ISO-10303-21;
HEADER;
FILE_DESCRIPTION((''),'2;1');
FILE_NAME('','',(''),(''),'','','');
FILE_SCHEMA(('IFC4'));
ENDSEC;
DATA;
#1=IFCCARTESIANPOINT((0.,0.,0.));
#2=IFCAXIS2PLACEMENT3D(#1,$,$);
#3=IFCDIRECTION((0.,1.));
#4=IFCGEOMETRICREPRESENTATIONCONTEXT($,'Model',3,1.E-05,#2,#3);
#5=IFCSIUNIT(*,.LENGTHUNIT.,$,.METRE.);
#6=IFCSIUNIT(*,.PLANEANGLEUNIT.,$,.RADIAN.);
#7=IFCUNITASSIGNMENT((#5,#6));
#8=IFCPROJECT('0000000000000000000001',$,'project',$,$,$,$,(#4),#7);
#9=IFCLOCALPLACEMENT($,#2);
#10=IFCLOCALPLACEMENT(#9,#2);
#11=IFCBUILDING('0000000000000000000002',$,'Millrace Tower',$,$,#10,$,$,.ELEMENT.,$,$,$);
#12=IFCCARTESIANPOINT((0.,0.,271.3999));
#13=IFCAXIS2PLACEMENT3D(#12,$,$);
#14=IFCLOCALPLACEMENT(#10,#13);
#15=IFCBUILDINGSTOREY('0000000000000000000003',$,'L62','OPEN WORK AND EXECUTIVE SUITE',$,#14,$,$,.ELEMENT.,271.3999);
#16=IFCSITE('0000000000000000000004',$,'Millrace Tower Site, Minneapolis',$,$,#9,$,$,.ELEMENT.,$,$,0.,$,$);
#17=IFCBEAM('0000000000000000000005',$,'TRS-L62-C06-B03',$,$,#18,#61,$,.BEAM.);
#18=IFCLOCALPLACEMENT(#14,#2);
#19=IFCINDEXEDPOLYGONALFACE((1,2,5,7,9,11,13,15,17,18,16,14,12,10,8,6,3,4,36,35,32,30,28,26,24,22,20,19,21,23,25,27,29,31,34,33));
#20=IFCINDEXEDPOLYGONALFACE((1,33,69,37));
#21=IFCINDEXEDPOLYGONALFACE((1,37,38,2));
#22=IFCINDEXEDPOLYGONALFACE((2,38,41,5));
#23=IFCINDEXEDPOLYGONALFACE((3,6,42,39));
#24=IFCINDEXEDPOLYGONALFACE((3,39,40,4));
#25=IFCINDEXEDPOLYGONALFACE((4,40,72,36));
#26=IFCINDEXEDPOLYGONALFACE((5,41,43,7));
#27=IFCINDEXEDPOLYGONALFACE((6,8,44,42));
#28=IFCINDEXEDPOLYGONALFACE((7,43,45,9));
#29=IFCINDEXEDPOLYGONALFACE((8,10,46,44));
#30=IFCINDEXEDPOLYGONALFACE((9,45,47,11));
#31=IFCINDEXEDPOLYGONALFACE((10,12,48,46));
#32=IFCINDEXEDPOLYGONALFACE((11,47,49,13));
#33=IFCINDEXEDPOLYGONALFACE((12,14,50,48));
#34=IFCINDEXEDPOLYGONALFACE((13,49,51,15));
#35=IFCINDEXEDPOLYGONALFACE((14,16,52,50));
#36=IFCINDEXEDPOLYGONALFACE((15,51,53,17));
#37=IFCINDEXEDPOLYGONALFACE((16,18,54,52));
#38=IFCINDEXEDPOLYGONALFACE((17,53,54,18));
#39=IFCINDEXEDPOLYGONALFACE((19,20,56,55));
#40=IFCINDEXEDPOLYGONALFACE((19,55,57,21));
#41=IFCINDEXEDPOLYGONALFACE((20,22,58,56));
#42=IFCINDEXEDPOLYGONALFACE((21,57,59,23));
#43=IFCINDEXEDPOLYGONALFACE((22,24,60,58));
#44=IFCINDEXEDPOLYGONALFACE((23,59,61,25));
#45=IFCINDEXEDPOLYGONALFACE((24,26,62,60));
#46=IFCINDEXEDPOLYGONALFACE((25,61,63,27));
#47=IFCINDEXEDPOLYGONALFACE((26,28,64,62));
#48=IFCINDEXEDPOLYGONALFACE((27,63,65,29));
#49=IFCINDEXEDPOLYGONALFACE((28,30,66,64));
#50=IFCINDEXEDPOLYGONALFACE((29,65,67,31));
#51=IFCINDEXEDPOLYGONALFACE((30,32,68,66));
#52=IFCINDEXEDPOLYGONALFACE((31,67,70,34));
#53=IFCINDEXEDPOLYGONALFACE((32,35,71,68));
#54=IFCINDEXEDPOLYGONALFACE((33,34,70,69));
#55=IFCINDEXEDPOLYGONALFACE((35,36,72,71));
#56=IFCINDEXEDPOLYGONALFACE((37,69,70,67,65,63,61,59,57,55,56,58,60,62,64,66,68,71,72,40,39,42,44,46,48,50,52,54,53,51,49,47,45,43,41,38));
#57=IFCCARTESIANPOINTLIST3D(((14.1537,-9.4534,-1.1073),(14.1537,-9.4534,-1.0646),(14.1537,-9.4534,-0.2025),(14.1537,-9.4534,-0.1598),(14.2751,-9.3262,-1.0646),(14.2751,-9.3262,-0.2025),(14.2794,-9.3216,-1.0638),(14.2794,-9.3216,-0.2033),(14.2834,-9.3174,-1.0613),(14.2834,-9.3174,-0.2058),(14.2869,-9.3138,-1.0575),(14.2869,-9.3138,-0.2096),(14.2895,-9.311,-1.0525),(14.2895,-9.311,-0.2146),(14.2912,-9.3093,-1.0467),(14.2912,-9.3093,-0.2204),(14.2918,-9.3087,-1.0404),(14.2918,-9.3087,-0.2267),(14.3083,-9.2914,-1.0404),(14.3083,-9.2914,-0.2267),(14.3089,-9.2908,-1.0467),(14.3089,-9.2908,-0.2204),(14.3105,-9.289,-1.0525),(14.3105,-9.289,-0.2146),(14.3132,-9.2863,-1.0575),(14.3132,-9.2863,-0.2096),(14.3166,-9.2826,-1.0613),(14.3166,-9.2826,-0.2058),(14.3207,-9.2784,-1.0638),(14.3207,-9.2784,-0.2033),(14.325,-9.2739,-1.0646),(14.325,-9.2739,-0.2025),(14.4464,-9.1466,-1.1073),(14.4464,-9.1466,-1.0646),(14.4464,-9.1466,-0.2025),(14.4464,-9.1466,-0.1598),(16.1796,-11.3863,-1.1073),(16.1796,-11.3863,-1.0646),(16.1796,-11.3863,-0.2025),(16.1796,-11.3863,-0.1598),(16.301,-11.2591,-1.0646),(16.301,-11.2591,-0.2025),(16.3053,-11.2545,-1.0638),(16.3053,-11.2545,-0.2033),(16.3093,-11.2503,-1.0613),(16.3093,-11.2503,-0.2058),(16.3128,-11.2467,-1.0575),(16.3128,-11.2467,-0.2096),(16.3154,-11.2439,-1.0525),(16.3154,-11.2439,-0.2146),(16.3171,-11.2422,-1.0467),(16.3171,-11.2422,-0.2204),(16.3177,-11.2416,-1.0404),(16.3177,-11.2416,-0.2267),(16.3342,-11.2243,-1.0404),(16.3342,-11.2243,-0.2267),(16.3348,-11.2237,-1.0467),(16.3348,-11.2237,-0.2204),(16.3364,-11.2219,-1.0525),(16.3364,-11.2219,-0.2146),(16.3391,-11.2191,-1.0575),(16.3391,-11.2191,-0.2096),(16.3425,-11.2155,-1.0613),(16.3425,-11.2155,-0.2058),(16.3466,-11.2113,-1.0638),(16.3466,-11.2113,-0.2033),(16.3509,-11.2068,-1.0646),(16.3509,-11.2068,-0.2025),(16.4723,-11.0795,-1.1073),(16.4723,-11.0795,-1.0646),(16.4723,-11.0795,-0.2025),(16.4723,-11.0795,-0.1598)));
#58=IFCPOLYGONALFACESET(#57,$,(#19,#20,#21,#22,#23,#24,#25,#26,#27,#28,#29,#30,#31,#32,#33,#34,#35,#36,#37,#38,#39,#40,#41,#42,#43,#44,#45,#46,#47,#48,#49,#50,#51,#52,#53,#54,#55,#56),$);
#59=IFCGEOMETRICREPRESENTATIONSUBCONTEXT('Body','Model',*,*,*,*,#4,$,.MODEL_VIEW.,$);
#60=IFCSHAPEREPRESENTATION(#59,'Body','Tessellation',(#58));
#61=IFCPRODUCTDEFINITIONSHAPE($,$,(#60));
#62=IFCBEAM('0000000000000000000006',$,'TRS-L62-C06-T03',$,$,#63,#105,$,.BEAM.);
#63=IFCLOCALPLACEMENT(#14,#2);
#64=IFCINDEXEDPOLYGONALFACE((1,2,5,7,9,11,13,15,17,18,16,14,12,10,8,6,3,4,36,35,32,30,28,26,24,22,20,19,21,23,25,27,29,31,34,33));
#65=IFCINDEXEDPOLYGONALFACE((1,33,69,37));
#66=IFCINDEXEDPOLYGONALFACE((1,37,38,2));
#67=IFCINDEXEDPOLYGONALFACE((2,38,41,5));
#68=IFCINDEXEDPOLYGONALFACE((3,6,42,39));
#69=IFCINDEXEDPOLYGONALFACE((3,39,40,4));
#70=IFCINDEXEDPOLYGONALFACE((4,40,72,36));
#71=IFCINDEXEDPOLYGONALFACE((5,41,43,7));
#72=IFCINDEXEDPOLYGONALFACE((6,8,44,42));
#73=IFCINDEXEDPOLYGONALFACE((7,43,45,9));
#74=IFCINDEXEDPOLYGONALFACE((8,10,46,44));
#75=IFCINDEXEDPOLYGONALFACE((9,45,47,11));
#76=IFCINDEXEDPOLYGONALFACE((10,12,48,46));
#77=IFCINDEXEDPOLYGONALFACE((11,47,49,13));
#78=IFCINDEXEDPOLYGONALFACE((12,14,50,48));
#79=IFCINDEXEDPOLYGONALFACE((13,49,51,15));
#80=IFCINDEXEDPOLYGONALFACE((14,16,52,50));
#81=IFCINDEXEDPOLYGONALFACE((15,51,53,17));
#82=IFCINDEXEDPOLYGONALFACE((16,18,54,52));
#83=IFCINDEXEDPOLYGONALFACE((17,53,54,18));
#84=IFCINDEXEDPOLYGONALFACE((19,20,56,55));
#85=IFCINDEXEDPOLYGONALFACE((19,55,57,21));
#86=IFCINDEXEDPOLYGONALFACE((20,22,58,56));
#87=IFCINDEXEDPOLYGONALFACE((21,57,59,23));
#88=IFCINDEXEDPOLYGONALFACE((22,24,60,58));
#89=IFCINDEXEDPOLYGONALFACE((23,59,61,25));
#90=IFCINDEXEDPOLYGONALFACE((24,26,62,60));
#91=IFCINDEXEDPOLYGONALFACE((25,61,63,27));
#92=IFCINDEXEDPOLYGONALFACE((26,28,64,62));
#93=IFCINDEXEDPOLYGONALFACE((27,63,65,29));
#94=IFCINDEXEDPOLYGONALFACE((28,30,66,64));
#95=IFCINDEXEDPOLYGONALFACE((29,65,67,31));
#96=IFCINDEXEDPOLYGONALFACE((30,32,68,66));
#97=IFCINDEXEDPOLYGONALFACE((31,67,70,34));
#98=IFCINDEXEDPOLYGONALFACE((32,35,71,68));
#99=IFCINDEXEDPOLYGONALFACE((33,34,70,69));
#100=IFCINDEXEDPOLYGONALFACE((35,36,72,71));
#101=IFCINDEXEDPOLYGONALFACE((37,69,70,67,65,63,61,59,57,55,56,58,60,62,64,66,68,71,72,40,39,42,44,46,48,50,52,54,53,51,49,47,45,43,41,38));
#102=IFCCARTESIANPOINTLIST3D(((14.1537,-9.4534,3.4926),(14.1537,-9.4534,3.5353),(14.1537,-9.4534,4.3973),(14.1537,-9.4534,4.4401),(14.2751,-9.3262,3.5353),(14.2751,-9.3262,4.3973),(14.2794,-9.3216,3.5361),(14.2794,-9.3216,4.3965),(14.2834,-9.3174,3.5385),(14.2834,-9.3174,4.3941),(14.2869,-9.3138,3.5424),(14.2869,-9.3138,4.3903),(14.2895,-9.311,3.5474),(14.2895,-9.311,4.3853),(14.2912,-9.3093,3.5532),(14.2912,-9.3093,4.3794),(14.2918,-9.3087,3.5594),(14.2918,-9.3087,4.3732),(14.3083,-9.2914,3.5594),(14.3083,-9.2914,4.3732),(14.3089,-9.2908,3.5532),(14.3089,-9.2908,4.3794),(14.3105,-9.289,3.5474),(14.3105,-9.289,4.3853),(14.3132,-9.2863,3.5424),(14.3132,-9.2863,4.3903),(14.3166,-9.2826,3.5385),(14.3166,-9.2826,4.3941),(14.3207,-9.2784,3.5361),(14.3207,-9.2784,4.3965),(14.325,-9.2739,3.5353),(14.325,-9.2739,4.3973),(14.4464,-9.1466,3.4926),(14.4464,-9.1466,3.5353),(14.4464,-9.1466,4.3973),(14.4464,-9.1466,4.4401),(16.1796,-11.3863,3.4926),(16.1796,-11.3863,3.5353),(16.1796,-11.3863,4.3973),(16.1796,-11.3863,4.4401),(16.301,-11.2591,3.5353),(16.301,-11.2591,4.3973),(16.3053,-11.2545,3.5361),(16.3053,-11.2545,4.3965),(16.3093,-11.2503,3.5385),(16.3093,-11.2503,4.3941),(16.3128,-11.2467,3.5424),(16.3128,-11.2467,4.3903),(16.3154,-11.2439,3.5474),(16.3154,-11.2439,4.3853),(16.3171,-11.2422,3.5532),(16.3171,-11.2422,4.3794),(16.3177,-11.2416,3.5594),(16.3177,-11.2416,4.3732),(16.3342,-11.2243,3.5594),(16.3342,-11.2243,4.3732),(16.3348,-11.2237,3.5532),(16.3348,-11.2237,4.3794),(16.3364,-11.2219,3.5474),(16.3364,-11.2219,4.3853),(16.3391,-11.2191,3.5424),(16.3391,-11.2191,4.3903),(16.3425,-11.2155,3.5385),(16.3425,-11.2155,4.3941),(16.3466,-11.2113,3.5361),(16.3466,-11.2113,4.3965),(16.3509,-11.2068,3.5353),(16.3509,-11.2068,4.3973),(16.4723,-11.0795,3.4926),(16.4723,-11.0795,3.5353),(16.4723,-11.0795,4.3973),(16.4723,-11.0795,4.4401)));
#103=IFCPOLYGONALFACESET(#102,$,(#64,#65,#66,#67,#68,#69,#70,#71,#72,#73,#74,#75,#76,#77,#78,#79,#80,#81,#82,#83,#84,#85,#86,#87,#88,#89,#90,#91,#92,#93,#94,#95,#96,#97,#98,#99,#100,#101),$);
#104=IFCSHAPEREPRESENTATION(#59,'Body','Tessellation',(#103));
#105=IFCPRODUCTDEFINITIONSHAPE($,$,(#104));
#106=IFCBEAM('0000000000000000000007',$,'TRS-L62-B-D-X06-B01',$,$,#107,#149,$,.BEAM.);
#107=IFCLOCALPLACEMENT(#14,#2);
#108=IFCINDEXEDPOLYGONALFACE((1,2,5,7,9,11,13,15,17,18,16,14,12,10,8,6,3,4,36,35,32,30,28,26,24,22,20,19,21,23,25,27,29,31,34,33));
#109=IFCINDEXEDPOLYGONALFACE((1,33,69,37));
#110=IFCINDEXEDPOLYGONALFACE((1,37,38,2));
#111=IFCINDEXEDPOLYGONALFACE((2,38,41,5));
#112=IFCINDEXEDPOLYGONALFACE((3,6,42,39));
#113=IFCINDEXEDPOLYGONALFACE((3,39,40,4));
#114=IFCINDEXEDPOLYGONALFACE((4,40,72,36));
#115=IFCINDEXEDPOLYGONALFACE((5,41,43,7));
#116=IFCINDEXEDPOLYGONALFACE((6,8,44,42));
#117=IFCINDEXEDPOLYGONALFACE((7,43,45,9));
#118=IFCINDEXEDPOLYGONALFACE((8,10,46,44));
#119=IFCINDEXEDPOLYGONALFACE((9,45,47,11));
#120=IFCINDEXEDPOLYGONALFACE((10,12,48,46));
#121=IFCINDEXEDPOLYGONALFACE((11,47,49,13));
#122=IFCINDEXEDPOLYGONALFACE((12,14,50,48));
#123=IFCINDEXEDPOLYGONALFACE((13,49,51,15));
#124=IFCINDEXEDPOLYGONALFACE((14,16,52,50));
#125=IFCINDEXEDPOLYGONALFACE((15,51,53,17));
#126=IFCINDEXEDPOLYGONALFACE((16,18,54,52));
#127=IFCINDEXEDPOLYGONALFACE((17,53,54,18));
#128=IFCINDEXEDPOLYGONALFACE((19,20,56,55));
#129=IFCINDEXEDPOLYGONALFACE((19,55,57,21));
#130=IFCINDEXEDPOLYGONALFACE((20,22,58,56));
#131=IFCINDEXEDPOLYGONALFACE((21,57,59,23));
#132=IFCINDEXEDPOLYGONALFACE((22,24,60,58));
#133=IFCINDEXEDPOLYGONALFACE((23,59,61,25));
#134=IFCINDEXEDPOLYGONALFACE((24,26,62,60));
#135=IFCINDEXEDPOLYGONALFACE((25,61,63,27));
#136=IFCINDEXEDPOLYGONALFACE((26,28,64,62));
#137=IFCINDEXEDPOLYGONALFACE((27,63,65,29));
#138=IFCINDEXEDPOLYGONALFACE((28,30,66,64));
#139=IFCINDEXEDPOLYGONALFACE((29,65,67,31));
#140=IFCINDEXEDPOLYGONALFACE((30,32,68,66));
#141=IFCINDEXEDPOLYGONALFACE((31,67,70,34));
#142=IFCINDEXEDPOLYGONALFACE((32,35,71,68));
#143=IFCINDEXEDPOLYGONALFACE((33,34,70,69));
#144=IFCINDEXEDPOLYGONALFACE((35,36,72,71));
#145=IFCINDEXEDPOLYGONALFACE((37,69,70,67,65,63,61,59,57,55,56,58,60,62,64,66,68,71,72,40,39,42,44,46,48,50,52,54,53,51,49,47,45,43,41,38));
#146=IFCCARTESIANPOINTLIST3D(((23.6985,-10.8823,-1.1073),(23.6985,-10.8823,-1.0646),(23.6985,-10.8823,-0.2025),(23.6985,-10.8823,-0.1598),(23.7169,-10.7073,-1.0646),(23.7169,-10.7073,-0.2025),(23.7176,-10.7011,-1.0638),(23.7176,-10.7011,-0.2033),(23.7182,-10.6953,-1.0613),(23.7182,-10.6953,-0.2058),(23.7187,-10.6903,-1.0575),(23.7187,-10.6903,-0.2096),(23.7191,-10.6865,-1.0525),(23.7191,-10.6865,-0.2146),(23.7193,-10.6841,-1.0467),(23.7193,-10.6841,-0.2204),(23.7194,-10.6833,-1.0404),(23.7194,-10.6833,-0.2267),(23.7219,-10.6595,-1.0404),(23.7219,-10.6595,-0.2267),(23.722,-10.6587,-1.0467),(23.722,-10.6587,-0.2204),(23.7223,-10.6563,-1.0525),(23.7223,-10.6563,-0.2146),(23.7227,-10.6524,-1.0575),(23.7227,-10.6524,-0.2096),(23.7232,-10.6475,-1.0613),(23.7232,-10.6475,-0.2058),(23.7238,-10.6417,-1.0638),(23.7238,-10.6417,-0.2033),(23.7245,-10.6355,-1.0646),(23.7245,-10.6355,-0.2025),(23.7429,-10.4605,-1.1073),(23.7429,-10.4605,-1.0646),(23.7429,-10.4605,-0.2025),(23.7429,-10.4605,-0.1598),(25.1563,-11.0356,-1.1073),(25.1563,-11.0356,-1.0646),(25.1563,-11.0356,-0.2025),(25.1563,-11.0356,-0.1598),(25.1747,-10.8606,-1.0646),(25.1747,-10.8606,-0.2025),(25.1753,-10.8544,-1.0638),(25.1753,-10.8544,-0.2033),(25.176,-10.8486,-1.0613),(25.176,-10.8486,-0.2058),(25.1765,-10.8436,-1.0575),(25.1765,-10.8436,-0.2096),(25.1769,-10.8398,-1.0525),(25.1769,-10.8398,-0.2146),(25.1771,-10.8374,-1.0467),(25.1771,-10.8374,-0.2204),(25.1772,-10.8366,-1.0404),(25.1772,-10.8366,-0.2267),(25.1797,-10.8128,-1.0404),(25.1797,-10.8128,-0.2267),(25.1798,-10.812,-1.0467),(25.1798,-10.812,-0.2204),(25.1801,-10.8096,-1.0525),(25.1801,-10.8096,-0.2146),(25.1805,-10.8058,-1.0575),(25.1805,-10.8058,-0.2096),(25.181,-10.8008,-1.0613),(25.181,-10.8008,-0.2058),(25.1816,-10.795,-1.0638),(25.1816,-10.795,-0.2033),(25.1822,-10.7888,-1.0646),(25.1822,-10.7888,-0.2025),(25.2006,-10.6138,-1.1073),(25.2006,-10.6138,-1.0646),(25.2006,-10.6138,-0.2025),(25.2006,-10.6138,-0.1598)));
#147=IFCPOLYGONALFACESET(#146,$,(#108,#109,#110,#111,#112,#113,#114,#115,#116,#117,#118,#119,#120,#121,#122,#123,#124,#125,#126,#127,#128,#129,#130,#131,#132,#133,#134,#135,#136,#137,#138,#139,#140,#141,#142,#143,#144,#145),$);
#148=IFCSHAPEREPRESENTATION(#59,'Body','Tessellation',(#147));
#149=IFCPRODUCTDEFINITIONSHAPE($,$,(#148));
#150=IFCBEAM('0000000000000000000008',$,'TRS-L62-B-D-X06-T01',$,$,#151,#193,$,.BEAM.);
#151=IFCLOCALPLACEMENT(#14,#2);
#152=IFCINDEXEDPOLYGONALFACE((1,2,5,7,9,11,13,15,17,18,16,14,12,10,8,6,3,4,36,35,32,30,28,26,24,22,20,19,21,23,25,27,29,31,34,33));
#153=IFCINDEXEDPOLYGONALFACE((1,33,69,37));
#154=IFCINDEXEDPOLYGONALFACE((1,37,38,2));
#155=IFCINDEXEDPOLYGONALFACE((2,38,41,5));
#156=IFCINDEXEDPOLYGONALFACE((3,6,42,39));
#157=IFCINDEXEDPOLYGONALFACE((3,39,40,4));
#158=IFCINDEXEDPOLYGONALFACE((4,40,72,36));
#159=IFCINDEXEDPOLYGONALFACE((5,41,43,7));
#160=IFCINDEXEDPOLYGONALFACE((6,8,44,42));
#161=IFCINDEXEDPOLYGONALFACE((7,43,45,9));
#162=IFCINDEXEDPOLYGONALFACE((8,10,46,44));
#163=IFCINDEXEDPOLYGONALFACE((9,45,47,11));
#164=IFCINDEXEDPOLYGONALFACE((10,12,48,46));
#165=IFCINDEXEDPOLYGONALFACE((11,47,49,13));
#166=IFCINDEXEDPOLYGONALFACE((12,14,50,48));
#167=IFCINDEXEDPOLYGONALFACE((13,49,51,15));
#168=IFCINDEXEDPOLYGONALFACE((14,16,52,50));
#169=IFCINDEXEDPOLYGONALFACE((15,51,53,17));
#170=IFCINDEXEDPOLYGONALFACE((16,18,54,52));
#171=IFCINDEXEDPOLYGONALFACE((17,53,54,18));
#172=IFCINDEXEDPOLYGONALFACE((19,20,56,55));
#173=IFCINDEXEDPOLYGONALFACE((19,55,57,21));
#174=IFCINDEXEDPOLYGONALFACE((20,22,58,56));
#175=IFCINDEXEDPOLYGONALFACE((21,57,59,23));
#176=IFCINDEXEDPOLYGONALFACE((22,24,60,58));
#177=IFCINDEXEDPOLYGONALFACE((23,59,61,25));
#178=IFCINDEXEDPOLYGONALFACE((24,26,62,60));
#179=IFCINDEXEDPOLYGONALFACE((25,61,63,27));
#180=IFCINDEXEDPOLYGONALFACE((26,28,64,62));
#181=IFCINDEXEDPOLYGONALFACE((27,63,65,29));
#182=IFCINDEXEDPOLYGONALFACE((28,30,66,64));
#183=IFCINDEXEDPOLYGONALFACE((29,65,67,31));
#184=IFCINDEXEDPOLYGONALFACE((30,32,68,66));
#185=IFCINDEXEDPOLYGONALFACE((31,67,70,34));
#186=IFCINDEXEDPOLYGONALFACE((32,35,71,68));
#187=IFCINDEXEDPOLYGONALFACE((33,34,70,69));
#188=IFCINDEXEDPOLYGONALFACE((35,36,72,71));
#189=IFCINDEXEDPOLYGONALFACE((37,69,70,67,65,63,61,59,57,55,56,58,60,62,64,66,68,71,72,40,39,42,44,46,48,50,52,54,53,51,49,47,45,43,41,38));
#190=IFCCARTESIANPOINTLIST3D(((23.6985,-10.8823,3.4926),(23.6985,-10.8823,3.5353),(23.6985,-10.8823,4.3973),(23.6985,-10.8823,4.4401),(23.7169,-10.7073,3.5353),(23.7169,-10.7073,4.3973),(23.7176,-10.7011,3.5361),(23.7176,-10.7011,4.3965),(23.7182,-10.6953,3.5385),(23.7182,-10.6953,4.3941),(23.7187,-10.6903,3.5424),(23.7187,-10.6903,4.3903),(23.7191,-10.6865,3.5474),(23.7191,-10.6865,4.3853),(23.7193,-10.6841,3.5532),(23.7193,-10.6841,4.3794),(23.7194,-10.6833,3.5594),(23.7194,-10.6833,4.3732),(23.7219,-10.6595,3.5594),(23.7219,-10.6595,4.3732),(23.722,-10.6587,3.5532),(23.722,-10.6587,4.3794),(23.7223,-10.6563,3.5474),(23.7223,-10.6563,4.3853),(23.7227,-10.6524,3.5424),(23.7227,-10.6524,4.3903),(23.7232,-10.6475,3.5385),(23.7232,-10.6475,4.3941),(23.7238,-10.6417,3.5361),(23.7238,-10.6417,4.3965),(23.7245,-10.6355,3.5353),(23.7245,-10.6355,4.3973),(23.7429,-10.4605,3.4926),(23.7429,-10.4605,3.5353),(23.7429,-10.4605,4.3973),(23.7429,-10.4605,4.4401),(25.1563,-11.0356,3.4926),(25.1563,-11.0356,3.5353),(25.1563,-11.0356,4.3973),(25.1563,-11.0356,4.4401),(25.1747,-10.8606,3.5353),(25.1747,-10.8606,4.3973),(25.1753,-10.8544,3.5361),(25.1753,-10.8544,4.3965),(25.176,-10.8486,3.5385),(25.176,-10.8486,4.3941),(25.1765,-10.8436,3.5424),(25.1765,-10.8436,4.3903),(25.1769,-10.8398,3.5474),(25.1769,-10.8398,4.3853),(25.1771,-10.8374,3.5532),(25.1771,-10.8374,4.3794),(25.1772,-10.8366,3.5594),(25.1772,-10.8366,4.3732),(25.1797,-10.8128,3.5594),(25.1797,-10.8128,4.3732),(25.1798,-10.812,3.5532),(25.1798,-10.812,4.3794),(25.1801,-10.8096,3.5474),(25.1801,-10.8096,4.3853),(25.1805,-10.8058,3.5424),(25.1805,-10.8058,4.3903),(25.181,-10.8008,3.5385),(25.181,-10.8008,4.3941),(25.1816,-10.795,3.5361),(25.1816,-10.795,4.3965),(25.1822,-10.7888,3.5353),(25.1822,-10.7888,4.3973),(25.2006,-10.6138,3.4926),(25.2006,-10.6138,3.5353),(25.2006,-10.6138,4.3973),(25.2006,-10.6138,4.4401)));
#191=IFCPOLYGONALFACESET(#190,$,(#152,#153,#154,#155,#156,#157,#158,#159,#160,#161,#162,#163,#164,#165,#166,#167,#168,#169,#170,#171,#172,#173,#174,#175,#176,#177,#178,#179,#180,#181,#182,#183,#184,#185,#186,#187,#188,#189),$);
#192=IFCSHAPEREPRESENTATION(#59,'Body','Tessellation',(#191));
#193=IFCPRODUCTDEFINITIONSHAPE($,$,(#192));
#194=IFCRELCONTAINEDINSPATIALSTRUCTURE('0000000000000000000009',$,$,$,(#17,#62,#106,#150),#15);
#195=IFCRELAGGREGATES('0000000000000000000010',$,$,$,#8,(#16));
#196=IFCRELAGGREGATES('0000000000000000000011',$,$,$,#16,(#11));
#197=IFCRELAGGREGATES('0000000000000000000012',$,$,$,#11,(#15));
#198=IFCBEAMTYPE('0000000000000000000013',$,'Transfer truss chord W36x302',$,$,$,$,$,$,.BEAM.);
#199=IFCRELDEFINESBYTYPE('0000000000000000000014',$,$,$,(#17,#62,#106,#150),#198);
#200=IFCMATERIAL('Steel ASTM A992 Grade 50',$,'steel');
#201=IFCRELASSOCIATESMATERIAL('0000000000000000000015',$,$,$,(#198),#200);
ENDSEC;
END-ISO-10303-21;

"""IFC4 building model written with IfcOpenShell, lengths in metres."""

from ifc_helpers import new_model, si_unit, direction, frame, origin, origin_2d, place, context, subcontext, project, spatial, i_section, extrude, material, material_profile, profile_set, type_object, element, save


model = new_model("IFC4")

# Units and contexts
model_context = context("Model", 3, precision=1e-05, world=origin(), true_north=direction((0.0, 1.0)))
body_context = subcontext(model_context, "Body", "Model", "MODEL_VIEW")
ifc_project = project(units=[si_unit("LENGTHUNIT", "METRE"), si_unit("PLANEANGLEUNIT", "RADIAN")], contexts=[model_context])

# Site, building, storey
site_placement = place(None, origin())
site = spatial("IfcSite", under=ifc_project, at=site_placement, Name="Millrace Tower Site, Minneapolis", CompositionType="ELEMENT", RefElevation=0.0)
building_placement = place(site_placement, origin())
building = spatial("IfcBuilding", under=site, at=building_placement, Name="Millrace Tower", CompositionType="ELEMENT")
storey_placement = place(building_placement, frame((0.0, 0.0, 271.3999)))
storey = spatial("IfcBuildingStorey", under=building, at=storey_placement, Name="L62", Description="OPEN WORK AND EXECUTIVE SUITE", CompositionType="ELEMENT", Elevation=271.3999)

# Beams
ifc_material_1 = material(Name="Steel ASTM A992 Grade 50", Category="steel")
ifc_material_profile_1 = material_profile(ifc_material_1, i_section(OverallWidth=0.4241, OverallDepth=0.9475, WebThickness=0.0239, FlangeThickness=0.0427, FilletRadius=0.0242, at=origin_2d()))
ifc_profile_set_1 = profile_set([ifc_material_profile_1], Name="Steel ASTM A992 Grade 50")
beam_type_1 = type_object("IfcBeamType", Name="Transfer truss chord W36x302", PredefinedType="BEAM", material=ifc_profile_set_1)
for number, where, z_axis, x_axis, name in (
    (1, (16.3259, -11.2329, -0.6335), (-0.723522, 0.690302, 0.0), (-0.690302, -0.723522, 0.0), "TRS-L62-C06-B03"),
    (2, (16.3259, -11.2329, 3.9663), (-0.723522, 0.690302, 0.0), (-0.690302, -0.723522, 0.0), "TRS-L62-C06-T03"),
):
    element("IfcBeam", number, at=place(storey_placement, frame(where, z_axis=z_axis, x_axis=x_axis)), inside=storey, type_object=beam_type_1, Name=name, PredefinedType="BEAM", context=body_context, shape_type="SweptSolid", body=[
        extrude(i_section(OverallWidth=0.4241, OverallDepth=0.9475, WebThickness=0.0239, FlangeThickness=0.0427, FilletRadius=0.0242, at=origin_2d()), origin(), (0.0, 0.0, 1.0), 2.8),
    ])
for number, where, z_axis, x_axis, name in (
    (3, (25.1785, -10.8247, -0.6335), (-0.994515, 0.104598, 0.0), (-0.104598, -0.994515, 0.0), "TRS-L62-B-D-X06-B01"),
    (4, (25.1785, -10.8247, 3.9663), (-0.994515, 0.104598, 0.0), (-0.104598, -0.994515, 0.0), "TRS-L62-B-D-X06-T01"),
):
    element("IfcBeam", number, at=place(storey_placement, frame(where, z_axis=z_axis, x_axis=x_axis)), inside=storey, type_object=beam_type_1, Name=name, PredefinedType="BEAM", context=body_context, shape_type="SweptSolid", body=[
        extrude(i_section(OverallWidth=0.4241, OverallDepth=0.9475, WebThickness=0.0239, FlangeThickness=0.0427, FilletRadius=0.0242, at=origin_2d()), origin(), (0.0, 0.0, 1.0), 1.4658),
    ])

save(model, "model.ifc")
